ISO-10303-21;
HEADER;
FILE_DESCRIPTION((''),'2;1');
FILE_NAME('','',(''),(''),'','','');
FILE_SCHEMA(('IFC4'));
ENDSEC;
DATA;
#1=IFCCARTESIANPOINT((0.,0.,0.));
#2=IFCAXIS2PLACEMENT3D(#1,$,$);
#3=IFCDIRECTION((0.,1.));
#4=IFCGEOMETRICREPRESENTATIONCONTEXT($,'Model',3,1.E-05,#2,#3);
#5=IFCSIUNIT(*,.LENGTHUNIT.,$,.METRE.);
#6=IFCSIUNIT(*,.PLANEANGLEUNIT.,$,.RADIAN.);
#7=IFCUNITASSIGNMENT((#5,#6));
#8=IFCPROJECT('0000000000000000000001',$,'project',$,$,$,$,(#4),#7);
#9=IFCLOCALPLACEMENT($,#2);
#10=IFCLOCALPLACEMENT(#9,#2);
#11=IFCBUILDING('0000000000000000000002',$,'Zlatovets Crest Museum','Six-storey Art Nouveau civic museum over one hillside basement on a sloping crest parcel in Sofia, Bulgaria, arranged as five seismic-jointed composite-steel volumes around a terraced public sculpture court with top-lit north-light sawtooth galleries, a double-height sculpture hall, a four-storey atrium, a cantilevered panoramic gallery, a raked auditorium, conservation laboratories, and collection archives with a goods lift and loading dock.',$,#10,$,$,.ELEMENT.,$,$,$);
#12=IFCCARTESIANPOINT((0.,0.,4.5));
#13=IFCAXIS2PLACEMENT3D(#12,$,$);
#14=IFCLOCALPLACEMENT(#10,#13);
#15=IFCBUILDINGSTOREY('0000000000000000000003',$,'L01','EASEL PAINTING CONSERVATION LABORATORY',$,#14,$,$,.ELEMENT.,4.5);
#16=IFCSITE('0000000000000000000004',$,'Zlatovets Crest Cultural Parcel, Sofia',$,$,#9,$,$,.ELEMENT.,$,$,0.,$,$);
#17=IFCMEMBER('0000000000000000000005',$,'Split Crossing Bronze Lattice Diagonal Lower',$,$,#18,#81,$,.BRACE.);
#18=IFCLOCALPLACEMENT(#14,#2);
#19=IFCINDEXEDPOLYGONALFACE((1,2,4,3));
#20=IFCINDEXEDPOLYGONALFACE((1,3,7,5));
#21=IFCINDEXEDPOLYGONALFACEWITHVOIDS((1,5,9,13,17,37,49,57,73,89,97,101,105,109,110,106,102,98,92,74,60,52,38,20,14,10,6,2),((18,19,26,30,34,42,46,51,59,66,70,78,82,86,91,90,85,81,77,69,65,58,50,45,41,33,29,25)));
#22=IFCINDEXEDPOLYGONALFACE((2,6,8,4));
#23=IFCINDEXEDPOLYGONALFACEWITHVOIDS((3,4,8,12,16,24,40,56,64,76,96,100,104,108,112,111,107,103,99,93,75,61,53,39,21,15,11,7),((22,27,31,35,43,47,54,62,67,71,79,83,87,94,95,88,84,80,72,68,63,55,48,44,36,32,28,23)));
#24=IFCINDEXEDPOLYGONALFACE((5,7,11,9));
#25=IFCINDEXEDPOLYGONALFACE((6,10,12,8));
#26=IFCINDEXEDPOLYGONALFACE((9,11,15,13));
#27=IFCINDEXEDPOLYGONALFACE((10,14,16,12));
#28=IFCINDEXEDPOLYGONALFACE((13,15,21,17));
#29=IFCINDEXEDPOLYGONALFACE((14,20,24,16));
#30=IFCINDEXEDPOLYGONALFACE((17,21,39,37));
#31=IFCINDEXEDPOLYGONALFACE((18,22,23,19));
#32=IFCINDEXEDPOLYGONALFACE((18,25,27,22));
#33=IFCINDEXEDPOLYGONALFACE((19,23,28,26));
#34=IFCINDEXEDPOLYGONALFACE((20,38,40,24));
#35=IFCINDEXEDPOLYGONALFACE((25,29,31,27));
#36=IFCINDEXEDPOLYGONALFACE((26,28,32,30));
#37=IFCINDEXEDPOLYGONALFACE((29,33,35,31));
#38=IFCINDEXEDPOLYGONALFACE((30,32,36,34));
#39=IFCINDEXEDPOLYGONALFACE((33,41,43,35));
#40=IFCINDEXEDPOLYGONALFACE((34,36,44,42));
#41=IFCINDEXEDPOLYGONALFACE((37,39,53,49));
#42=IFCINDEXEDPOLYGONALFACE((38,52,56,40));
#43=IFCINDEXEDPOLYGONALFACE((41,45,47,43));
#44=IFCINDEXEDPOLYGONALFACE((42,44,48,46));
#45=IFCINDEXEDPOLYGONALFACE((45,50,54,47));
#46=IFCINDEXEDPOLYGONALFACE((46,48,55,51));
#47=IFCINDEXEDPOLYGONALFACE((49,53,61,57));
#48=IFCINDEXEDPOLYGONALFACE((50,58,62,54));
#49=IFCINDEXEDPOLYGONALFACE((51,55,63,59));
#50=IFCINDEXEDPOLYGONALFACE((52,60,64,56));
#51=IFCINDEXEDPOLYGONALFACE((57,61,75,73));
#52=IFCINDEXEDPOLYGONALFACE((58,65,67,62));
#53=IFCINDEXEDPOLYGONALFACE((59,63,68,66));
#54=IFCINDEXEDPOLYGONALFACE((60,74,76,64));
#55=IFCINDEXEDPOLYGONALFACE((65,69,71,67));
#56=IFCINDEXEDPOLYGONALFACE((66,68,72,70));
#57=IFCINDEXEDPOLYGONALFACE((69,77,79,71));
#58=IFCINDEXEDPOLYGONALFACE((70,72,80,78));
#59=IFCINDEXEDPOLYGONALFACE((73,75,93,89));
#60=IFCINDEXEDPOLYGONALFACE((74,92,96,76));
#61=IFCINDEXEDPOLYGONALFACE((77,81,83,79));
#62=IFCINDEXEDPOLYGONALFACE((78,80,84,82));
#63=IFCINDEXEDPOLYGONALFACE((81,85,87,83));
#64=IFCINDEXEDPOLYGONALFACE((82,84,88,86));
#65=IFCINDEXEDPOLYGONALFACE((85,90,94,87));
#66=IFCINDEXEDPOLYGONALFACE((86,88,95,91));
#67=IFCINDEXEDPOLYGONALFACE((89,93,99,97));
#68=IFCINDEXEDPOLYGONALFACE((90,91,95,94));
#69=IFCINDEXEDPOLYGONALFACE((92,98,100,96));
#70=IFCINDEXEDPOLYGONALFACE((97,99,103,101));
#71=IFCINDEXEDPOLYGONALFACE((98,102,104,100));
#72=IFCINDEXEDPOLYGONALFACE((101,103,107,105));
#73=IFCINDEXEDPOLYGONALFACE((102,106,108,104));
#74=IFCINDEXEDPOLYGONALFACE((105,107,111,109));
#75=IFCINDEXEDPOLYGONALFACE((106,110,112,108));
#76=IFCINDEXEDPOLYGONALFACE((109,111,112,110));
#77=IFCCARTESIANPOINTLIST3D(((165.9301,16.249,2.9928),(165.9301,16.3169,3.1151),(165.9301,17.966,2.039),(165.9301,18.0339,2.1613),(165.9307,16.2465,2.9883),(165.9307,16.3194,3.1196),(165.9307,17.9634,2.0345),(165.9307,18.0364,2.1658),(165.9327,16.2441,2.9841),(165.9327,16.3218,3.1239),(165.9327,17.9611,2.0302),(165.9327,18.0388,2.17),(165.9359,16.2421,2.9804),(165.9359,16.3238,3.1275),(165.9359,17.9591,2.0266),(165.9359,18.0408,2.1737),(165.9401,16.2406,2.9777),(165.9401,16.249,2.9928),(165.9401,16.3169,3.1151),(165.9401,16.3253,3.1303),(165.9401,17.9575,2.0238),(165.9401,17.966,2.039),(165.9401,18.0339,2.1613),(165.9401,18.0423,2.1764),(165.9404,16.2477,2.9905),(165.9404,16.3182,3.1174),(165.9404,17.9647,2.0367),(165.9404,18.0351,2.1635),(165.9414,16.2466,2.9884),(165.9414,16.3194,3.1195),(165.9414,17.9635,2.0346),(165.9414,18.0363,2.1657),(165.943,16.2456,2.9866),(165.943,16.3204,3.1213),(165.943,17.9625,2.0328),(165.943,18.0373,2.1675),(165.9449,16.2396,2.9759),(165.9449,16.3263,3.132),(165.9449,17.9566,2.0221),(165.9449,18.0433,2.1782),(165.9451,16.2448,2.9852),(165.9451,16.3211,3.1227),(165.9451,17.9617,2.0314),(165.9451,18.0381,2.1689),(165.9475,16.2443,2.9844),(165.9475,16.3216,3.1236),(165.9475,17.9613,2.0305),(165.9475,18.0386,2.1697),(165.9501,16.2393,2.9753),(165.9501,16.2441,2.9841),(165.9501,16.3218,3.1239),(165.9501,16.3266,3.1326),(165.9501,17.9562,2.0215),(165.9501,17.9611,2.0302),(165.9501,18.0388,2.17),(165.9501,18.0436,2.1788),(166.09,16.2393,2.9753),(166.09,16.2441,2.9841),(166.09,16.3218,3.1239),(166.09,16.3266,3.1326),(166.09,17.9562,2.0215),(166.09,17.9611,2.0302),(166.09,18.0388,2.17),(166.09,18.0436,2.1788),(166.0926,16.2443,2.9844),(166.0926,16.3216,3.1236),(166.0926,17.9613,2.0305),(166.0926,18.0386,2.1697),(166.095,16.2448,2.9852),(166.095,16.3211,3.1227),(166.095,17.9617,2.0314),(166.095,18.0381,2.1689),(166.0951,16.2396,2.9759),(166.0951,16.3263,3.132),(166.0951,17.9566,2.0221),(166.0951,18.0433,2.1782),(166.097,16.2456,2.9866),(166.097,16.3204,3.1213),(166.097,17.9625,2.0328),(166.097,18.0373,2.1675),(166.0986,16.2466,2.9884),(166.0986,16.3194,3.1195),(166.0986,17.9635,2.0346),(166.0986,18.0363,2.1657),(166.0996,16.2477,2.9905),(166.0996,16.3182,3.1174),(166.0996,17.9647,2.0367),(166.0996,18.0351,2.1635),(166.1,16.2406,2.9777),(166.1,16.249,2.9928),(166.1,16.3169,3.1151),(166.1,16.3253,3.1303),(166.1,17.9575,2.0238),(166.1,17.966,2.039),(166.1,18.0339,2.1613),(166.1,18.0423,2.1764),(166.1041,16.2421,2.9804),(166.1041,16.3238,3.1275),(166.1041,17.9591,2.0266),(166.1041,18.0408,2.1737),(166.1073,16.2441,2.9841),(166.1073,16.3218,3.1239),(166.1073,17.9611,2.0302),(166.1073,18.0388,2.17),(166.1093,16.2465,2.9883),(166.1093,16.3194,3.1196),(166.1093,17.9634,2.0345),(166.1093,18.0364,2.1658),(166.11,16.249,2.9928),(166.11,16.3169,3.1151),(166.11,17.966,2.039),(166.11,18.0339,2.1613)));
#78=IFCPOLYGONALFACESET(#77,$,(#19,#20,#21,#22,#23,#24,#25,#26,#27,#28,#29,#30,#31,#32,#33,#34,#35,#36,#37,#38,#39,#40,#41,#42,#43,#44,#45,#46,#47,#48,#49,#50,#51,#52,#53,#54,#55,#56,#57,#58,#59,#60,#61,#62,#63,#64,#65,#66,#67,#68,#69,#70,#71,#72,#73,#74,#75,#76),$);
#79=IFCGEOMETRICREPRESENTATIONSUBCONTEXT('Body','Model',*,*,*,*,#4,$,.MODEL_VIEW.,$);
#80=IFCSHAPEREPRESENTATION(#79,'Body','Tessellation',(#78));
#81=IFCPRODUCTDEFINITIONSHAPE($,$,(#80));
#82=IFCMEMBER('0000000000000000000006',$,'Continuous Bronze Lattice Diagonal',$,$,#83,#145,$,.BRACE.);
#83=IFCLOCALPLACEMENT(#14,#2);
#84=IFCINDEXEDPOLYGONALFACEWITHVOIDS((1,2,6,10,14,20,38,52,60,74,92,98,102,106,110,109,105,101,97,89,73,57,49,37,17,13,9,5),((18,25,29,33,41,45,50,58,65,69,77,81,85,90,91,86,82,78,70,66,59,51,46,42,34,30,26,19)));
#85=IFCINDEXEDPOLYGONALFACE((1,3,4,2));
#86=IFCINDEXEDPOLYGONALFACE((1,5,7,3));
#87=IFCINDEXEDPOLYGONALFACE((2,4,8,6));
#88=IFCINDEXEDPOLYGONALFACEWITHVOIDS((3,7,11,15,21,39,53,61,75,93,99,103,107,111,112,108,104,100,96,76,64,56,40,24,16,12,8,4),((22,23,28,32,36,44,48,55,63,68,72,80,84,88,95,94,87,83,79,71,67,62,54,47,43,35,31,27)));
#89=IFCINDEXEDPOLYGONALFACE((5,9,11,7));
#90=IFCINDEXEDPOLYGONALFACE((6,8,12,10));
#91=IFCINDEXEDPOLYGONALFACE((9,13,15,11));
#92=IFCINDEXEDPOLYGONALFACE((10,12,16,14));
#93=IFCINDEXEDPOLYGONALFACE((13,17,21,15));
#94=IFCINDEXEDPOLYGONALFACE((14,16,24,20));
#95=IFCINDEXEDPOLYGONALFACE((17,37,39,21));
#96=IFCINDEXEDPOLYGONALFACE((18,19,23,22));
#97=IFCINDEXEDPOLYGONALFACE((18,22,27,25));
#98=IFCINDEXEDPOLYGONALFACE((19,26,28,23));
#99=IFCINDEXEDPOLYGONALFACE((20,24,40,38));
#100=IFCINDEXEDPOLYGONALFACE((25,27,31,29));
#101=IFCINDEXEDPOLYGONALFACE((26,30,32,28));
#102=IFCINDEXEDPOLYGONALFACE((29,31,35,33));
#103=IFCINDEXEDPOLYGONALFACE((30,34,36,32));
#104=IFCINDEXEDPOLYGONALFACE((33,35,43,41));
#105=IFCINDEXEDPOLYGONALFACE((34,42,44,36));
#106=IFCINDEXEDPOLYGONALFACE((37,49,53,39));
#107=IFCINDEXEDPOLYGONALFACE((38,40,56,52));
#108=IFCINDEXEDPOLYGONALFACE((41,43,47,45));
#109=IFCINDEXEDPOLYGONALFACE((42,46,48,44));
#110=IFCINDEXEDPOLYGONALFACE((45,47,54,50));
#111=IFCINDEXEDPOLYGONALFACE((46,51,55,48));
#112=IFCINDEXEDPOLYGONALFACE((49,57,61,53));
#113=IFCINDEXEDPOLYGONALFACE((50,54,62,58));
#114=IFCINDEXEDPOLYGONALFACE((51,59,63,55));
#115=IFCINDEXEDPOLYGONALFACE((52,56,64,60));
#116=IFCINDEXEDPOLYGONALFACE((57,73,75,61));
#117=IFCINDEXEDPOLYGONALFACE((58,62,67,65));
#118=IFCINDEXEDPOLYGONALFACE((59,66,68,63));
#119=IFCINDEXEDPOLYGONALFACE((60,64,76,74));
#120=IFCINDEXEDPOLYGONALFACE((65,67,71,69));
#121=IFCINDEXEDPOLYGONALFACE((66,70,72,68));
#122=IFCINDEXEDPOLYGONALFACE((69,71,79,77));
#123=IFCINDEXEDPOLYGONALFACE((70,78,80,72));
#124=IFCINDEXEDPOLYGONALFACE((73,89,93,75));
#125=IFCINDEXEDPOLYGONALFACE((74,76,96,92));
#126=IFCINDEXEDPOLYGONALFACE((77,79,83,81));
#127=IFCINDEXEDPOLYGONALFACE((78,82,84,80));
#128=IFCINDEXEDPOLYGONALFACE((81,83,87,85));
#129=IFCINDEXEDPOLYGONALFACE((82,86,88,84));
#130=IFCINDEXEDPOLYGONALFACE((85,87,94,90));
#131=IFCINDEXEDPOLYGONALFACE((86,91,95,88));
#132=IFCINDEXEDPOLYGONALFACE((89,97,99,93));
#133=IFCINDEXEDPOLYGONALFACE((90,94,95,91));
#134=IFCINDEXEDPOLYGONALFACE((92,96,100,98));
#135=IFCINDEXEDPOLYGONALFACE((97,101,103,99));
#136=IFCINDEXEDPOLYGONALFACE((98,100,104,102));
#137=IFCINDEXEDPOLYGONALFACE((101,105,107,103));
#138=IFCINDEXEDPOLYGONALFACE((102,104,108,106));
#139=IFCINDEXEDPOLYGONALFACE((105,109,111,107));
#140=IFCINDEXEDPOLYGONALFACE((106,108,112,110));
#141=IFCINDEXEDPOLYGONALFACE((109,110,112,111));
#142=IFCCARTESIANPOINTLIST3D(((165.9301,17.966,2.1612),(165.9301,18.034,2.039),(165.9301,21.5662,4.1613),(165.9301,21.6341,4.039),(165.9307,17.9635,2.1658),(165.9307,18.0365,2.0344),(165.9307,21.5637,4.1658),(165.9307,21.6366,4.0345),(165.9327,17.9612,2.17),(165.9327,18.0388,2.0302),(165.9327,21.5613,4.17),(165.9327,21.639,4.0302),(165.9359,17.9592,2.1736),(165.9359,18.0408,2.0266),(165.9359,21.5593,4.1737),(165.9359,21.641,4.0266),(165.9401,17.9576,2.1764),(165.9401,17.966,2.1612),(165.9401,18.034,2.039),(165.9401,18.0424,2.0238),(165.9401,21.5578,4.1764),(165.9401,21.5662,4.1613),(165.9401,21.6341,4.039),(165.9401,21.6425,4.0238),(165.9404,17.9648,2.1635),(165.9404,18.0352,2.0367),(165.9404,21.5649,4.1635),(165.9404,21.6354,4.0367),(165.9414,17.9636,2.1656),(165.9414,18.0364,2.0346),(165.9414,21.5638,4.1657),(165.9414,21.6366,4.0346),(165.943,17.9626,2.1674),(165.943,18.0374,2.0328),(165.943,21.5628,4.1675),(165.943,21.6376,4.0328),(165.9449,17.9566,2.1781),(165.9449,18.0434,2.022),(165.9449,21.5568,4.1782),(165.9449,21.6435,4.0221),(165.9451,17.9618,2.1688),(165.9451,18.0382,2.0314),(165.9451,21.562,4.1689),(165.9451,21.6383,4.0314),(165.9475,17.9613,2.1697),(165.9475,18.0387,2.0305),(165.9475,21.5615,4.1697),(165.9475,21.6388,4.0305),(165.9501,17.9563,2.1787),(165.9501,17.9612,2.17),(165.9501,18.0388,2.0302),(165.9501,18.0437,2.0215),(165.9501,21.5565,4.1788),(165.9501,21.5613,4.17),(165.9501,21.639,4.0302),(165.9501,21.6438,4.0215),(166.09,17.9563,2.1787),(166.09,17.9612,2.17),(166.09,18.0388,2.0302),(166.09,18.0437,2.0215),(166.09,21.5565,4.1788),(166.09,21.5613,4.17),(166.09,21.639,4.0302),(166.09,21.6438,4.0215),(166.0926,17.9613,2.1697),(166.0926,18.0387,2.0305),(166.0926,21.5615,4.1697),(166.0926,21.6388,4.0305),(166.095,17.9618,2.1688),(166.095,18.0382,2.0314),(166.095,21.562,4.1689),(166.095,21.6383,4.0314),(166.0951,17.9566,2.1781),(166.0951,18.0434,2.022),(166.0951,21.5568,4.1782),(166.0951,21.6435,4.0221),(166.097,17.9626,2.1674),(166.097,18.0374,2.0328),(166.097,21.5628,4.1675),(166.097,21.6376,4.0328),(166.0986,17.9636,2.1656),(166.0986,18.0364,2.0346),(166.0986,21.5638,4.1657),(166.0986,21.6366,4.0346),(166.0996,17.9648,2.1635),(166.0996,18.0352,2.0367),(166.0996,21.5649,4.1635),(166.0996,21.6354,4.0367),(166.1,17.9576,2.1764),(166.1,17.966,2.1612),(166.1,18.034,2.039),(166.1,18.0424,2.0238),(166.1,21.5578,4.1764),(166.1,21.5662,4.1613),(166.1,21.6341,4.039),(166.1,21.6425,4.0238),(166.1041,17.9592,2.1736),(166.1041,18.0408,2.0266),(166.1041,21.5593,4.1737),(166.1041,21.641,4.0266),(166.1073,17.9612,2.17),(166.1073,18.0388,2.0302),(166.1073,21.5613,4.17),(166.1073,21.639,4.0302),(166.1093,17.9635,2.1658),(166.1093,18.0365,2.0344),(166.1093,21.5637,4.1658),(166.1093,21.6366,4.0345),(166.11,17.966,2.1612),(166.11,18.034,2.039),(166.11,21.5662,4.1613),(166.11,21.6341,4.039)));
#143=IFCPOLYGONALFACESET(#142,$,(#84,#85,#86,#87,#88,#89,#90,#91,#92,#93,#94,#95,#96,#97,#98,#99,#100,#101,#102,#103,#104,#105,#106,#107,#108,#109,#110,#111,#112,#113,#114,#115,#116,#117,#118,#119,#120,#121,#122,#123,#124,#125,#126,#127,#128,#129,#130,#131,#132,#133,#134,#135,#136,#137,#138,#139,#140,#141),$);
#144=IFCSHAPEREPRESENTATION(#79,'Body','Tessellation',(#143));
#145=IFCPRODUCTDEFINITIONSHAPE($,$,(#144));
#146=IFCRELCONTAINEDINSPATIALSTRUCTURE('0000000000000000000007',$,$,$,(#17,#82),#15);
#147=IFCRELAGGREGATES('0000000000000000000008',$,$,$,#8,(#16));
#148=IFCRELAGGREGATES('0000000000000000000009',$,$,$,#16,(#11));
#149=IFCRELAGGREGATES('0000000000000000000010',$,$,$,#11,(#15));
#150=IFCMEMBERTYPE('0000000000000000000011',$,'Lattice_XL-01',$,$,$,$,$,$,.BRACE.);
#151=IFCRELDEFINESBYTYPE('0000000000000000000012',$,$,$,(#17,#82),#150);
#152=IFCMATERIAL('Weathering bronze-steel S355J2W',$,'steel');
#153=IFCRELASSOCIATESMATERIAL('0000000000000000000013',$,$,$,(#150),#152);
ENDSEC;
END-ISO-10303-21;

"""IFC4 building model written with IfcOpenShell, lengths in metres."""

from ifc_helpers import new_model, si_unit, direction, frame, origin, origin_2d, place, context, subcontext, project, spatial, hollow_rectangle, extrude, material, material_profile, profile_set, type_object, element, save


model = new_model("IFC4")

# Units and contexts
model_context = context("Model", 3, precision=1e-05, world=origin(), true_north=direction((0.0, 1.0)))
body_context = subcontext(model_context, "Body", "Model", "MODEL_VIEW")
ifc_project = project(units=[si_unit("LENGTHUNIT", "METRE"), si_unit("PLANEANGLEUNIT", "RADIAN")], contexts=[model_context])

# Site, building, storey
site_placement = place(None, origin())
site = spatial("IfcSite", under=ifc_project, at=site_placement, Name="Zlatovets Crest Cultural Parcel, Sofia", CompositionType="ELEMENT", RefElevation=0.0)
building_placement = place(site_placement, origin())
building = spatial("IfcBuilding", under=site, at=building_placement, Name="Zlatovets Crest Museum", Description="Six-storey Art Nouveau civic museum over one hillside basement on a sloping crest parcel in Sofia, Bulgaria, arranged as five seismic-jointed composite-steel volumes around a terraced public sculpture court with top-lit north-light sawtooth galleries, a double-height sculpture hall, a four-storey atrium, a cantilevered panoramic gallery, a raked auditorium, conservation laboratories, and collection archives with a goods lift and loading dock.", CompositionType="ELEMENT")
storey_placement = place(building_placement, frame((0.0, 0.0, 4.5)))
storey = spatial("IfcBuildingStorey", under=building, at=storey_placement, Name="L01", Description="EASEL PAINTING CONSERVATION LABORATORY", CompositionType="ELEMENT", Elevation=4.5)

# Members
ifc_material_1 = material(Name="Weathering bronze-steel S355J2W", Category="steel")
ifc_material_profile_1 = material_profile(ifc_material_1, hollow_rectangle(XDim=0.1799, YDim=0.1799, WallThickness=0.01, InnerFilletRadius=0.01, OuterFilletRadius=0.02, at=origin_2d()), Name="SHS 180x180x10.0")
ifc_profile_set_1 = profile_set([ifc_material_profile_1], Name="Weathering bronze-steel S355J2W")
member_type_1 = type_object("IfcMemberType", Name="Lattice_XL-01", PredefinedType="BRACE", material=ifc_profile_set_1)
member_1_placement = place(storey_placement, frame((166.02, 16.283, 3.054), z_axis=(0.0, 0.874169, -0.485622), x_axis=(-1.0, 0.0, 0.0)))
element("IfcMember", 1, at=member_1_placement, inside=storey, type_object=member_type_1, Name="Split Crossing Bronze Lattice Diagonal Lower", PredefinedType="BRACE", context=body_context, shape_type="SweptSolid", body=[
    extrude(hollow_rectangle(XDim=0.1799, YDim=0.1799, WallThickness=0.01, InnerFilletRadius=0.01, OuterFilletRadius=0.02, at=origin_2d()), origin(), (0.0, 0.0, 1.0), 1.9641),
])
member_2_placement = place(storey_placement, frame((166.02, 18.0, 2.1001), z_axis=(0.0, 0.874163, 0.485633), x_axis=(-1.0, 0.0, 0.0)))
element("IfcMember", 2, at=member_2_placement, inside=storey, type_object=member_type_1, Name="Continuous Bronze Lattice Diagonal", PredefinedType="BRACE", context=body_context, shape_type="SweptSolid", body=[
    extrude(hollow_rectangle(XDim=0.1799, YDim=0.1799, WallThickness=0.01, InnerFilletRadius=0.01, OuterFilletRadius=0.02, at=origin_2d()), origin(), (0.0, 0.0, 1.0), 4.1184),
])

save(model, "model.ifc")
